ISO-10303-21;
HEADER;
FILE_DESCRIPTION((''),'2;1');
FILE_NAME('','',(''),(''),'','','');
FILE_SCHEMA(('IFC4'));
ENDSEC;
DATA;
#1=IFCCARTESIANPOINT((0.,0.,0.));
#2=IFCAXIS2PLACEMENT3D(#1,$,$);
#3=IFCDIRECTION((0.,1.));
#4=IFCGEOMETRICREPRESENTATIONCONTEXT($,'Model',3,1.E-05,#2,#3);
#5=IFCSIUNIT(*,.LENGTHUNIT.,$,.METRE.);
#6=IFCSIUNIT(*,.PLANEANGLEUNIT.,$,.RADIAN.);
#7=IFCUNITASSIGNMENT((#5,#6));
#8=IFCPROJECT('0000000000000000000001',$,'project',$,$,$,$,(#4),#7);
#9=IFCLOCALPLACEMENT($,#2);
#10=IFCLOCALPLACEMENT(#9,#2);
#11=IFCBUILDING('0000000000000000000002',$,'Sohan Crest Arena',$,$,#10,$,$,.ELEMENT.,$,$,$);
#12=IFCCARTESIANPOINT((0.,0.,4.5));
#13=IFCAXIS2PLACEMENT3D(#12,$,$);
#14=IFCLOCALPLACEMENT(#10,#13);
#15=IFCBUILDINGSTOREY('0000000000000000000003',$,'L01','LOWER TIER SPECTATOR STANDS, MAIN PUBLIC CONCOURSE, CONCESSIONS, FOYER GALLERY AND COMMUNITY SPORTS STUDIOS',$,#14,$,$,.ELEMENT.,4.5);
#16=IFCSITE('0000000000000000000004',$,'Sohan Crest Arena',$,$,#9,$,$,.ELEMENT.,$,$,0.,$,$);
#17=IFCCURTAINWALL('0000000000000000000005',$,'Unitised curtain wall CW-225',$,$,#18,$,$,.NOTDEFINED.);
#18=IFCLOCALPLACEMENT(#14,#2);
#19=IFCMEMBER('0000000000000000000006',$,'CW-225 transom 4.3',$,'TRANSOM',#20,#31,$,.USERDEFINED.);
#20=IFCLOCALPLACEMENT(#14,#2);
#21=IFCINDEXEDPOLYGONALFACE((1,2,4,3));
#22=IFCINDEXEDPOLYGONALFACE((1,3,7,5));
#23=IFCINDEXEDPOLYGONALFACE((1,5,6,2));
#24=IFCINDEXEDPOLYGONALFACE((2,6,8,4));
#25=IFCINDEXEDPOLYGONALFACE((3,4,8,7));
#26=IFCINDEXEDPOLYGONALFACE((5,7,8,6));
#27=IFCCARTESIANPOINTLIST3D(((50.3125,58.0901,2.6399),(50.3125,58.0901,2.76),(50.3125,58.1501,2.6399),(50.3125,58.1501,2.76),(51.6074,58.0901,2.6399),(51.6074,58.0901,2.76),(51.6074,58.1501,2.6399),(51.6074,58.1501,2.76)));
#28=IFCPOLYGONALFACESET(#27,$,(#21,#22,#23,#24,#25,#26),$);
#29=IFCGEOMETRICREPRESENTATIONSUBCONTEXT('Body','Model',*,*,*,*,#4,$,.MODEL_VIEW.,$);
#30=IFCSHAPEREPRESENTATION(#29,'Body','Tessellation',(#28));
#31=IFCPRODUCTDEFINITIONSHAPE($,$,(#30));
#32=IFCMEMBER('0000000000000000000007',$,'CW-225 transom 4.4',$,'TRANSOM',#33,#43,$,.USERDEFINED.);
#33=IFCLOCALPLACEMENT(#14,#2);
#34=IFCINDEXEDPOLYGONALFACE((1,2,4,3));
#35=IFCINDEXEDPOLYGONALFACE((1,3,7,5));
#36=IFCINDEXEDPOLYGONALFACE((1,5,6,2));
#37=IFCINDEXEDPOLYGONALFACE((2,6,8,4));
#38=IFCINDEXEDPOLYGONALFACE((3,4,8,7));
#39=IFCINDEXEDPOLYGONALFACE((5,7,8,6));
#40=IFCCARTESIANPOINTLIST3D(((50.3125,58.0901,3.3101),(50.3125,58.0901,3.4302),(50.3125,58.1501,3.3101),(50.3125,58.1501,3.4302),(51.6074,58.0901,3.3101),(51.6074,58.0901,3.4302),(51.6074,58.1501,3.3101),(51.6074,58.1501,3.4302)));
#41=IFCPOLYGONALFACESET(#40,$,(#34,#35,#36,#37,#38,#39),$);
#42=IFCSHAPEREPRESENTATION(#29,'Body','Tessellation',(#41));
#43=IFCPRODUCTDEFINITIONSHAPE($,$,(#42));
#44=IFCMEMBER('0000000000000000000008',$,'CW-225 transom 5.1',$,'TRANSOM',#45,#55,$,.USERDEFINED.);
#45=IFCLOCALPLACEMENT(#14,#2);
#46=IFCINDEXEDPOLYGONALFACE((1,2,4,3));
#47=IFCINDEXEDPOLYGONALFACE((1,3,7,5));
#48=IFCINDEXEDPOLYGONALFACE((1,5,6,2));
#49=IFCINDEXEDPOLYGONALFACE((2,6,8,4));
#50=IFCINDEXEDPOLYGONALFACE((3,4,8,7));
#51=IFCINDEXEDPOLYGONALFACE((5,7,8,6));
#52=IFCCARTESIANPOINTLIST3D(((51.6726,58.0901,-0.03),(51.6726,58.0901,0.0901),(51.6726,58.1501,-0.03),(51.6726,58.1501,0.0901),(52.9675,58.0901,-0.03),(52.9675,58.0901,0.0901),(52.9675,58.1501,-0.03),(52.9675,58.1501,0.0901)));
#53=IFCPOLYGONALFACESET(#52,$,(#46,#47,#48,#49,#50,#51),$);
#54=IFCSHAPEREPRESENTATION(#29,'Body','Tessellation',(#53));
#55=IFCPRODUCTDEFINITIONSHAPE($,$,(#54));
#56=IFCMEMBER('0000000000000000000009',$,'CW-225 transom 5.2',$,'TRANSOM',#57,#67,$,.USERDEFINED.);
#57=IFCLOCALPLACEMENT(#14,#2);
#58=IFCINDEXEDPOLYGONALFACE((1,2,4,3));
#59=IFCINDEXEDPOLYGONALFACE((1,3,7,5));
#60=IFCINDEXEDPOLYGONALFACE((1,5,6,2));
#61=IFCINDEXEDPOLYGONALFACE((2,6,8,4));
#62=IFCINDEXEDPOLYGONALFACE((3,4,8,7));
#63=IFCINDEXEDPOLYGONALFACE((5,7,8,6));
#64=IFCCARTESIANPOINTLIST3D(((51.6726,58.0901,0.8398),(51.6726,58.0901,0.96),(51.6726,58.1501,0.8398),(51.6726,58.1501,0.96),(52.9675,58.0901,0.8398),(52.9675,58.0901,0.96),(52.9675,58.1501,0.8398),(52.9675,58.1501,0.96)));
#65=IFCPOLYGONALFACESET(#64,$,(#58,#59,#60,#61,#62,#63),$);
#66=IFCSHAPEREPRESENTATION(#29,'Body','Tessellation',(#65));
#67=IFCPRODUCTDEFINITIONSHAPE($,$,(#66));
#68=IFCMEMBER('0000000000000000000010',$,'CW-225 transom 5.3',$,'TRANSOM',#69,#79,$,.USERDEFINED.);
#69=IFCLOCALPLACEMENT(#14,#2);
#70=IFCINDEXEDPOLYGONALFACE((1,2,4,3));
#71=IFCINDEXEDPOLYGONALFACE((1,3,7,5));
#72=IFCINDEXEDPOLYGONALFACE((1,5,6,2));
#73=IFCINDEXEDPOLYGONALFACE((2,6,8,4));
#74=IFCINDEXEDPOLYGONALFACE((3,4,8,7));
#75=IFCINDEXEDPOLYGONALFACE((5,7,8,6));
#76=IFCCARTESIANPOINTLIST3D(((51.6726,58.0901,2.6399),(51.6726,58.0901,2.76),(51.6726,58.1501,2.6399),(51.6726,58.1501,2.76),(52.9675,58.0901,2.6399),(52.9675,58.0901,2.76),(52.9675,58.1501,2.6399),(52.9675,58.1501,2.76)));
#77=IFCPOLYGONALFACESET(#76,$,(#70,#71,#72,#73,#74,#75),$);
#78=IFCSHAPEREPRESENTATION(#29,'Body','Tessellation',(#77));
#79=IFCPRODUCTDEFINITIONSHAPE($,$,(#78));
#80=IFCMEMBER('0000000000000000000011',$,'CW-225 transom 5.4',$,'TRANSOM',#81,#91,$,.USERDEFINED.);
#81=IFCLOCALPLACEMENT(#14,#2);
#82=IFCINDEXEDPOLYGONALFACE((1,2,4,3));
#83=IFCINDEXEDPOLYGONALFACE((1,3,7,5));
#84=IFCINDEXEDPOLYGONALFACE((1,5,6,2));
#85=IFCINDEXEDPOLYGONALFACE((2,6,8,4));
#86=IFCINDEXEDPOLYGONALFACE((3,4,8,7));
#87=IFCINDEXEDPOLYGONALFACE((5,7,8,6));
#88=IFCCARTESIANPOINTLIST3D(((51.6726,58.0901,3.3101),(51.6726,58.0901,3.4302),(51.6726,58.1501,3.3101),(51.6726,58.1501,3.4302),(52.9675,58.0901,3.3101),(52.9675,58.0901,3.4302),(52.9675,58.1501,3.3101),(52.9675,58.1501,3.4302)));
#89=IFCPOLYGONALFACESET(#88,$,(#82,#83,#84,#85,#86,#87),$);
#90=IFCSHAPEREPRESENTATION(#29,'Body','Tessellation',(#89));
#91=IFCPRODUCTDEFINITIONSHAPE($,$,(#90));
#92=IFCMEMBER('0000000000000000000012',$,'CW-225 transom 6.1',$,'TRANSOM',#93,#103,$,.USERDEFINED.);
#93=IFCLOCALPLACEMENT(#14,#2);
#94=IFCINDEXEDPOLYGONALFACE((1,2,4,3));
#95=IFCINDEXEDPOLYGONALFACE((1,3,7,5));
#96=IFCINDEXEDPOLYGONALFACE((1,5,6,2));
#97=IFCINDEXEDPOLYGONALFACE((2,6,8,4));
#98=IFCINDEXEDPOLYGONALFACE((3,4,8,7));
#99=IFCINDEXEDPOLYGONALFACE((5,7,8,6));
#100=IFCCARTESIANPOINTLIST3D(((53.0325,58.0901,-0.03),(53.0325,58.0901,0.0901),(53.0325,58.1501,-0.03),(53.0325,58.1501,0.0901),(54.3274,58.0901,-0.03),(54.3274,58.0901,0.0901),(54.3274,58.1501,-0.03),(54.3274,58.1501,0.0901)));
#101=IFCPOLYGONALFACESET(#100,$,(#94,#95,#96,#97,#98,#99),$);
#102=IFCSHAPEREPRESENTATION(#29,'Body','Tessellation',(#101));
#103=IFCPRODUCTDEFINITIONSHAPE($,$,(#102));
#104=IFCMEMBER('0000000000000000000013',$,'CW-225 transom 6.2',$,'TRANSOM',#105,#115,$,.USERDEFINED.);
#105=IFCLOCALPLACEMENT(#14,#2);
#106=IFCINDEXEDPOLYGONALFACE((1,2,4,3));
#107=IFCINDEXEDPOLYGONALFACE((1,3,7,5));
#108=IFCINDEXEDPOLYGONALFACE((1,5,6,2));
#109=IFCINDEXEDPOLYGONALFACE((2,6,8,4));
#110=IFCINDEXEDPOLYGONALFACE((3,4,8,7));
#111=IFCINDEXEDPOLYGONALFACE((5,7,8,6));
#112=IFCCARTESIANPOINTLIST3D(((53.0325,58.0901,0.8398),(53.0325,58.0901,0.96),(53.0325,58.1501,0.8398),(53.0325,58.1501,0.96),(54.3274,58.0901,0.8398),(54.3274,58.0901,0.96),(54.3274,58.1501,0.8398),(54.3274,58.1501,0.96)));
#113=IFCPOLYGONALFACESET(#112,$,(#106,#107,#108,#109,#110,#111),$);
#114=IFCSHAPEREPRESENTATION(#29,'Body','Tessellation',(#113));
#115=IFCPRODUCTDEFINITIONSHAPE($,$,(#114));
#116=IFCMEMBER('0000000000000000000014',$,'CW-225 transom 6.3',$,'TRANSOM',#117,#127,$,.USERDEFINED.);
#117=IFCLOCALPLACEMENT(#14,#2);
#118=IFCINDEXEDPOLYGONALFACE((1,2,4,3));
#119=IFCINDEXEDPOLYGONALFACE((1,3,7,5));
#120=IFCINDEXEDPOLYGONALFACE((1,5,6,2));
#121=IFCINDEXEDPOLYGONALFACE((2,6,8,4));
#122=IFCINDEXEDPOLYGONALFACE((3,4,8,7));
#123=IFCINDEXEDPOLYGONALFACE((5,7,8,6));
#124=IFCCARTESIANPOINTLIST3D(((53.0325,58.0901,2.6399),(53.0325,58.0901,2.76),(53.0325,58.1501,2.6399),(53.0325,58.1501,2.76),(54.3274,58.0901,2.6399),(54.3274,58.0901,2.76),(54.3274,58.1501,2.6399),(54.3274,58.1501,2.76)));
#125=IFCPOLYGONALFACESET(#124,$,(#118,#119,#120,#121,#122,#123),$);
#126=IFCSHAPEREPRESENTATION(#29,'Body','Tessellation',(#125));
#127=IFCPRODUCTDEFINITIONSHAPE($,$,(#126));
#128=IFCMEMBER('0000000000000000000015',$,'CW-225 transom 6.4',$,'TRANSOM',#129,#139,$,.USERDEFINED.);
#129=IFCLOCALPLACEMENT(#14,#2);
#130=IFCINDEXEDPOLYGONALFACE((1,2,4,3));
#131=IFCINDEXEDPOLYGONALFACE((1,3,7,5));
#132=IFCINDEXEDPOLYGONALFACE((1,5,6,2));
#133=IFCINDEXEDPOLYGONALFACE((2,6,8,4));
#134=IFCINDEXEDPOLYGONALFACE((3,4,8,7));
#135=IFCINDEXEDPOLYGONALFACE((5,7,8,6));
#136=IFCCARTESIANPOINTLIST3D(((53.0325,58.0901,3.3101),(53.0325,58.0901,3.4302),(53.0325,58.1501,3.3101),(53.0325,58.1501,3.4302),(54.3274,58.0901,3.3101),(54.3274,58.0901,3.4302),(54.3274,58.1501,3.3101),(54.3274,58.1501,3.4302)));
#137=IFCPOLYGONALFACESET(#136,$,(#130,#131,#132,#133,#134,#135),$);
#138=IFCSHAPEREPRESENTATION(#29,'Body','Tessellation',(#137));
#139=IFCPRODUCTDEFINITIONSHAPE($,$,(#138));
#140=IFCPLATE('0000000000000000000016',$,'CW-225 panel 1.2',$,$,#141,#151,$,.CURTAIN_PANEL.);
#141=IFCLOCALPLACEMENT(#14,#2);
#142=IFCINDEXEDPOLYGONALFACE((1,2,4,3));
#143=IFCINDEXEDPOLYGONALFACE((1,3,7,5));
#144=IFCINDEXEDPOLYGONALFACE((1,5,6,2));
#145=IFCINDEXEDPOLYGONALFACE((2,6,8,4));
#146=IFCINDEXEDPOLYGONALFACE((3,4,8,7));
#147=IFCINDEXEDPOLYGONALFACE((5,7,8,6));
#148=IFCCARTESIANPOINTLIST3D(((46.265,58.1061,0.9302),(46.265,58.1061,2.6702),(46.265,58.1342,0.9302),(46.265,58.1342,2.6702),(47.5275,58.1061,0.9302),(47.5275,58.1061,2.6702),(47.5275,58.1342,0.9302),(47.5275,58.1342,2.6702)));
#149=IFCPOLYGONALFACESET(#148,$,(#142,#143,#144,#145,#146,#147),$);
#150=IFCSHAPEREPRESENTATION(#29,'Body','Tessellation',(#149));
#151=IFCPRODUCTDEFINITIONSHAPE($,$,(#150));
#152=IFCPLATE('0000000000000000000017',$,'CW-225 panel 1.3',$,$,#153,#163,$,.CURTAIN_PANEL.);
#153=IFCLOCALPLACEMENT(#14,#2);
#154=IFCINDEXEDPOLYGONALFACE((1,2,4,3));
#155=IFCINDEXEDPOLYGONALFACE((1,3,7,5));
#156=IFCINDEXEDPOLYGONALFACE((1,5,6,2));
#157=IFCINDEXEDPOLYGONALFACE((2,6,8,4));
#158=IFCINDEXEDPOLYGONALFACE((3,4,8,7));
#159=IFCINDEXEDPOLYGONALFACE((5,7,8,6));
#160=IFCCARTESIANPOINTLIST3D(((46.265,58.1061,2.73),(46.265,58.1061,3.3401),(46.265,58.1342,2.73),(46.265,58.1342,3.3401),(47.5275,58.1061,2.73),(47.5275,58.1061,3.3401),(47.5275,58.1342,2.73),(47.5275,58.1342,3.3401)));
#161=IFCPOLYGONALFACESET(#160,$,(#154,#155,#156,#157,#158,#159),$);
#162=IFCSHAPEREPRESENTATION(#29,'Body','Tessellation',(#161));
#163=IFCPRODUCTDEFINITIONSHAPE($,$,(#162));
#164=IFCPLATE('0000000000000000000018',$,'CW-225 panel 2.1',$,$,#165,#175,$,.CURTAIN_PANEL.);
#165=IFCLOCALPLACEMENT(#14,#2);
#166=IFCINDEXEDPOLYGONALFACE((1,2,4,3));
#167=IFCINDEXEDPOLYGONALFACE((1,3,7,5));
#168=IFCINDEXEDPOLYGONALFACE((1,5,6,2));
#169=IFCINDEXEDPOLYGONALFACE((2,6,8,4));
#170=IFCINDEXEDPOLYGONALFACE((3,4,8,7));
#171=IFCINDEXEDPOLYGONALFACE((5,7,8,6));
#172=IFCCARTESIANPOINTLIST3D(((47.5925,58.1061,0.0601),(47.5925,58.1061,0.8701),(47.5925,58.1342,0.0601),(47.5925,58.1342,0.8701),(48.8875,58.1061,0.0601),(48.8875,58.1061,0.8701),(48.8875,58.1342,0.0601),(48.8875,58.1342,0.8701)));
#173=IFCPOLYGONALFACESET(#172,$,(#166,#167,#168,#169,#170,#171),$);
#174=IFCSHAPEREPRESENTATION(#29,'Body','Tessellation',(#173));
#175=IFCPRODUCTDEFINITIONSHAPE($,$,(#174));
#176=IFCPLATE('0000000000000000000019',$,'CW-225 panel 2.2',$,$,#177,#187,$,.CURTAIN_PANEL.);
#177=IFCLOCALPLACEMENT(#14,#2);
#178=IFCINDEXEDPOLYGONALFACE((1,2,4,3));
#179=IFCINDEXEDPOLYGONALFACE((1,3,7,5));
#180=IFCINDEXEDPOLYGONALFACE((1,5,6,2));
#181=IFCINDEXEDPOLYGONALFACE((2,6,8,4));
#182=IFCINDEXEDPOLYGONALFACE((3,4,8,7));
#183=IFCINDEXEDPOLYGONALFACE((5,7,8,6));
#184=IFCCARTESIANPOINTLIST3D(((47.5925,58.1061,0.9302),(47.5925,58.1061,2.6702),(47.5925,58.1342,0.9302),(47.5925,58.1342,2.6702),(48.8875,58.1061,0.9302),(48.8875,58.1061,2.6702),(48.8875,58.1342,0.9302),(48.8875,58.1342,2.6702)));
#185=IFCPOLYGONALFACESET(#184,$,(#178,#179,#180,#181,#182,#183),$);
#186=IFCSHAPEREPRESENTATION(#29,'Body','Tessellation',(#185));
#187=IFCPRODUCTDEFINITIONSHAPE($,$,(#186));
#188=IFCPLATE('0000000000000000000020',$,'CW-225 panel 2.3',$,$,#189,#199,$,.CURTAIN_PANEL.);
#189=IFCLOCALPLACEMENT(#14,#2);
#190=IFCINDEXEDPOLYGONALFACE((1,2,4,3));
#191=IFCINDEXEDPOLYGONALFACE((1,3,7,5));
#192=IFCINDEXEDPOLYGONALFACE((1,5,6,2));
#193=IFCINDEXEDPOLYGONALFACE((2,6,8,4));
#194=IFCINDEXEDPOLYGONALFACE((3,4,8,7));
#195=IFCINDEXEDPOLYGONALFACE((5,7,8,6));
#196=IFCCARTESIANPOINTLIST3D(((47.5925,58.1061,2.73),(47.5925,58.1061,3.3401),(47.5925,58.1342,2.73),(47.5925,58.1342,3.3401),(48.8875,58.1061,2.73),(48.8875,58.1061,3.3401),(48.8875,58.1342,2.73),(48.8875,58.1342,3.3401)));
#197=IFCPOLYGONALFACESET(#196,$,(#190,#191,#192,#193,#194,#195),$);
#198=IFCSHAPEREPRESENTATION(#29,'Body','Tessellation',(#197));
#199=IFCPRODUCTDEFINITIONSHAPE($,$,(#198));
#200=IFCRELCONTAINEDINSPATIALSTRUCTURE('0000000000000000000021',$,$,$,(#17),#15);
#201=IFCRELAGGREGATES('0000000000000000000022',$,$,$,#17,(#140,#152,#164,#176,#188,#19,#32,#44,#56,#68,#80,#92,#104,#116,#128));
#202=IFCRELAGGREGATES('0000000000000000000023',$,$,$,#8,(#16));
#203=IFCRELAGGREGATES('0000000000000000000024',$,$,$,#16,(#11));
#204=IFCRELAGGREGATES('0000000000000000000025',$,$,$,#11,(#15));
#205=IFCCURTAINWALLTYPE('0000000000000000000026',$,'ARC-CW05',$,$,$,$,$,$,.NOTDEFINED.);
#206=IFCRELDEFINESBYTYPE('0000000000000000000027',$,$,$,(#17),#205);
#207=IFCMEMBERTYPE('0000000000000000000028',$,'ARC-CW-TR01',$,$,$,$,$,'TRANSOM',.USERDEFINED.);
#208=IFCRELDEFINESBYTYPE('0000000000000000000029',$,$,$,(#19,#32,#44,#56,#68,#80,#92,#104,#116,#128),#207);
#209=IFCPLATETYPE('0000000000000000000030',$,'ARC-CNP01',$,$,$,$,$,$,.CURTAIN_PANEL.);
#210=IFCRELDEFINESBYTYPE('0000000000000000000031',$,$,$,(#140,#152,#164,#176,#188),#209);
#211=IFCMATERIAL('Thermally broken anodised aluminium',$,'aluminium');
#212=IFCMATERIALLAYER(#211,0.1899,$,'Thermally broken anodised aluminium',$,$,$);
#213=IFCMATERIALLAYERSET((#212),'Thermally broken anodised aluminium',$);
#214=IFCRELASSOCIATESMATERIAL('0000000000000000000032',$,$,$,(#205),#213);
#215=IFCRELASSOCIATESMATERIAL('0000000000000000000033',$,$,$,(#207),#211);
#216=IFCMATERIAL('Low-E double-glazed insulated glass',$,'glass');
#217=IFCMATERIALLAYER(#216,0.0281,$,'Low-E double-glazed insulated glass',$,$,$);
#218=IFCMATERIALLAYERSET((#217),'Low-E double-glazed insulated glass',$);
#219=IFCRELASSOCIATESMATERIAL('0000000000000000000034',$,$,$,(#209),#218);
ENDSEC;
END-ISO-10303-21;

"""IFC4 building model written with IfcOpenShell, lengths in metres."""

from ifc_helpers import new_model, si_unit, direction, frame, origin, origin_2d, place, context, subcontext, project, spatial, rectangle, extrude, material, layer, layer_set, material_profile, profile_set, type_object, element, aggregate, save


model = new_model("IFC4")

# Units and contexts
model_context = context("Model", 3, precision=1e-05, world=origin(), true_north=direction((0.0, 1.0)))
body_context = subcontext(model_context, "Body", "Model", "MODEL_VIEW")
ifc_project = project(units=[si_unit("LENGTHUNIT", "METRE"), si_unit("PLANEANGLEUNIT", "RADIAN")], contexts=[model_context])

# Site, building, storey
site_placement = place(None, origin())
site = spatial("IfcSite", under=ifc_project, at=site_placement, Name="Sohan Crest Arena", CompositionType="ELEMENT", RefElevation=0.0)
building_placement = place(site_placement, origin())
building = spatial("IfcBuilding", under=site, at=building_placement, Name="Sohan Crest Arena", CompositionType="ELEMENT")
storey_placement = place(building_placement, frame((0.0, 0.0, 4.5)))
storey = spatial("IfcBuildingStorey", under=building, at=storey_placement, Name="L01", Description="LOWER TIER SPECTATOR STANDS, MAIN PUBLIC CONCOURSE, CONCESSIONS, FOYER GALLERY AND COMMUNITY SPORTS STUDIOS", CompositionType="ELEMENT", Elevation=4.5)

# Curtain wall, members, plates
ifc_material_1 = material(Name="Thermally broken anodised aluminium", Category="aluminium")
ifc_layer_1 = layer(ifc_material_1, 0.1899, Name="Thermally broken anodised aluminium")
ifc_layer_set_1 = layer_set([ifc_layer_1], Name="Thermally broken anodised aluminium")
curtain_wall_type = type_object("IfcCurtainWallType", Name="ARC-CW05", PredefinedType="NOTDEFINED", material=ifc_layer_set_1)
curtain_wall_placement = place(storey_placement, origin())
curtain_wall = element("IfcCurtainWall", 1, at=curtain_wall_placement, inside=storey, type_object=curtain_wall_type, Name="Unitised curtain wall CW-225", PredefinedType="NOTDEFINED")
ifc_material_profile_1 = material_profile(ifc_material_1, rectangle(XDim=0.0601, YDim=0.1201, at=origin_2d()), Name="ALU-TRAN 60x120")
ifc_profile_set_1 = profile_set([ifc_material_profile_1], Name="Thermally broken anodised aluminium")
member_type_1 = type_object("IfcMemberType", Name="ARC-CW-TR01", ElementType="TRANSOM", PredefinedType="USERDEFINED", material=ifc_profile_set_1)
member_1_placement = place(storey_placement, frame((50.3125, 58.1201, 2.7), z_axis=(1.0, 0.0, 0.0), x_axis=(0.0, 1.0, 0.0)))
member_1 = element("IfcMember", 2, at=member_1_placement, type_object=member_type_1, Name="CW-225 transom 4.3", ObjectType="TRANSOM", PredefinedType="USERDEFINED", context=body_context, shape_type="SweptSolid", body=[
    extrude(rectangle(XDim=0.0601, YDim=0.1201, at=origin_2d()), origin(), (0.0, 0.0, 1.0), 1.2949),
])
member_2_placement = place(storey_placement, frame((50.3125, 58.1201, 3.3701), z_axis=(1.0, 0.0, 0.0), x_axis=(0.0, 1.0, 0.0)))
member_2 = element("IfcMember", 3, at=member_2_placement, type_object=member_type_1, Name="CW-225 transom 4.4", ObjectType="TRANSOM", PredefinedType="USERDEFINED", context=body_context, shape_type="SweptSolid", body=[
    extrude(rectangle(XDim=0.0601, YDim=0.1201, at=origin_2d()), origin(), (0.0, 0.0, 1.0), 1.2949),
])
member_3_placement = place(storey_placement, frame((51.6726, 58.1201, 0.03), z_axis=(1.0, 0.0, 0.0), x_axis=(0.0, 1.0, 0.0)))
member_3 = element("IfcMember", 4, at=member_3_placement, type_object=member_type_1, Name="CW-225 transom 5.1", ObjectType="TRANSOM", PredefinedType="USERDEFINED", context=body_context, shape_type="SweptSolid", body=[
    extrude(rectangle(XDim=0.0601, YDim=0.1201, at=origin_2d()), origin(), (0.0, 0.0, 1.0), 1.2949),
])
member_4_placement = place(storey_placement, frame((51.6726, 58.1201, 0.8999), z_axis=(1.0, 0.0, 0.0), x_axis=(0.0, 1.0, 0.0)))
member_4 = element("IfcMember", 5, at=member_4_placement, type_object=member_type_1, Name="CW-225 transom 5.2", ObjectType="TRANSOM", PredefinedType="USERDEFINED", context=body_context, shape_type="SweptSolid", body=[
    extrude(rectangle(XDim=0.0601, YDim=0.1201, at=origin_2d()), origin(), (0.0, 0.0, 1.0), 1.2949),
])
member_5_placement = place(storey_placement, frame((51.6726, 58.1201, 2.7), z_axis=(1.0, 0.0, 0.0), x_axis=(0.0, 1.0, 0.0)))
member_5 = element("IfcMember", 6, at=member_5_placement, type_object=member_type_1, Name="CW-225 transom 5.3", ObjectType="TRANSOM", PredefinedType="USERDEFINED", context=body_context, shape_type="SweptSolid", body=[
    extrude(rectangle(XDim=0.0601, YDim=0.1201, at=origin_2d()), origin(), (0.0, 0.0, 1.0), 1.2949),
])
member_6_placement = place(storey_placement, frame((51.6726, 58.1201, 3.3701), z_axis=(1.0, 0.0, 0.0), x_axis=(0.0, 1.0, 0.0)))
member_6 = element("IfcMember", 7, at=member_6_placement, type_object=member_type_1, Name="CW-225 transom 5.4", ObjectType="TRANSOM", PredefinedType="USERDEFINED", context=body_context, shape_type="SweptSolid", body=[
    extrude(rectangle(XDim=0.0601, YDim=0.1201, at=origin_2d()), origin(), (0.0, 0.0, 1.0), 1.2949),
])
member_7_placement = place(storey_placement, frame((53.0325, 58.1201, 0.03), z_axis=(1.0, 0.0, 0.0), x_axis=(0.0, 1.0, 0.0)))
member_7 = element("IfcMember", 8, at=member_7_placement, type_object=member_type_1, Name="CW-225 transom 6.1", ObjectType="TRANSOM", PredefinedType="USERDEFINED", context=body_context, shape_type="SweptSolid", body=[
    extrude(rectangle(XDim=0.0601, YDim=0.1201, at=origin_2d()), origin(), (0.0, 0.0, 1.0), 1.2949),
])
member_8_placement = place(storey_placement, frame((53.0325, 58.1201, 0.8999), z_axis=(1.0, 0.0, 0.0), x_axis=(0.0, 1.0, 0.0)))
member_8 = element("IfcMember", 9, at=member_8_placement, type_object=member_type_1, Name="CW-225 transom 6.2", ObjectType="TRANSOM", PredefinedType="USERDEFINED", context=body_context, shape_type="SweptSolid", body=[
    extrude(rectangle(XDim=0.0601, YDim=0.1201, at=origin_2d()), origin(), (0.0, 0.0, 1.0), 1.2949),
])
member_9_placement = place(storey_placement, frame((53.0325, 58.1201, 2.7), z_axis=(1.0, 0.0, 0.0), x_axis=(0.0, 1.0, 0.0)))
member_9 = element("IfcMember", 10, at=member_9_placement, type_object=member_type_1, Name="CW-225 transom 6.3", ObjectType="TRANSOM", PredefinedType="USERDEFINED", context=body_context, shape_type="SweptSolid", body=[
    extrude(rectangle(XDim=0.0601, YDim=0.1201, at=origin_2d()), origin(), (0.0, 0.0, 1.0), 1.2949),
])
member_10_placement = place(storey_placement, frame((53.0325, 58.1201, 3.3701), z_axis=(1.0, 0.0, 0.0), x_axis=(0.0, 1.0, 0.0)))
member_10 = element("IfcMember", 11, at=member_10_placement, type_object=member_type_1, Name="CW-225 transom 6.4", ObjectType="TRANSOM", PredefinedType="USERDEFINED", context=body_context, shape_type="SweptSolid", body=[
    extrude(rectangle(XDim=0.0601, YDim=0.1201, at=origin_2d()), origin(), (0.0, 0.0, 1.0), 1.2949),
])
ifc_material_2 = material(Name="Low-E double-glazed insulated glass", Category="glass")
ifc_layer_2 = layer(ifc_material_2, 0.0281, Name="Low-E double-glazed insulated glass")
ifc_layer_set_2 = layer_set([ifc_layer_2], Name="Low-E double-glazed insulated glass")
plate_type = type_object("IfcPlateType", Name="ARC-CNP01", PredefinedType="CURTAIN_PANEL", material=ifc_layer_set_2)
plate_1_placement = place(storey_placement, frame((46.8962, 58.1201, 0.9302), z_axis=(0.0, 0.0, 1.0), x_axis=(1.0, 0.0, 0.0)))
plate_1 = element("IfcPlate", 12, at=plate_1_placement, type_object=plate_type, Name="CW-225 panel 1.2", PredefinedType="CURTAIN_PANEL", context=body_context, shape_type="SweptSolid", body=[
    extrude(rectangle(XDim=1.2625, YDim=0.0281, at=origin_2d()), origin(), (0.0, 0.0, 1.0), 1.74),
])
plate_2_placement = place(storey_placement, frame((46.8962, 58.1201, 2.73), z_axis=(0.0, 0.0, 1.0), x_axis=(1.0, 0.0, 0.0)))
plate_2 = element("IfcPlate", 13, at=plate_2_placement, type_object=plate_type, Name="CW-225 panel 1.3", PredefinedType="CURTAIN_PANEL", context=body_context, shape_type="SweptSolid", body=[
    extrude(rectangle(XDim=1.2625, YDim=0.0281, at=origin_2d()), origin(), (0.0, 0.0, 1.0), 0.6101),
])
plate_3_placement = place(storey_placement, frame((48.24, 58.1201, 0.0601), z_axis=(0.0, 0.0, 1.0), x_axis=(1.0, 0.0, 0.0)))
plate_3 = element("IfcPlate", 14, at=plate_3_placement, type_object=plate_type, Name="CW-225 panel 2.1", PredefinedType="CURTAIN_PANEL", context=body_context, shape_type="SweptSolid", body=[
    extrude(rectangle(XDim=1.2949, YDim=0.0281, at=origin_2d()), origin(), (0.0, 0.0, 1.0), 0.8101),
])
plate_4_placement = place(storey_placement, frame((48.24, 58.1201, 0.9302), z_axis=(0.0, 0.0, 1.0), x_axis=(1.0, 0.0, 0.0)))
plate_4 = element("IfcPlate", 15, at=plate_4_placement, type_object=plate_type, Name="CW-225 panel 2.2", PredefinedType="CURTAIN_PANEL", context=body_context, shape_type="SweptSolid", body=[
    extrude(rectangle(XDim=1.2949, YDim=0.0281, at=origin_2d()), origin(), (0.0, 0.0, 1.0), 1.74),
])
plate_5_placement = place(storey_placement, frame((48.24, 58.1201, 2.73), z_axis=(0.0, 0.0, 1.0), x_axis=(1.0, 0.0, 0.0)))
plate_5 = element("IfcPlate", 16, at=plate_5_placement, type_object=plate_type, Name="CW-225 panel 2.3", PredefinedType="CURTAIN_PANEL", context=body_context, shape_type="SweptSolid", body=[
    extrude(rectangle(XDim=1.2949, YDim=0.0281, at=origin_2d()), origin(), (0.0, 0.0, 1.0), 0.6101),
])
aggregate(curtain_wall, [plate_1, plate_2, plate_3, plate_4, plate_5, member_1, member_2, member_3, member_4, member_5, member_6, member_7, member_8, member_9, member_10])

save(model, "model.ifc")
